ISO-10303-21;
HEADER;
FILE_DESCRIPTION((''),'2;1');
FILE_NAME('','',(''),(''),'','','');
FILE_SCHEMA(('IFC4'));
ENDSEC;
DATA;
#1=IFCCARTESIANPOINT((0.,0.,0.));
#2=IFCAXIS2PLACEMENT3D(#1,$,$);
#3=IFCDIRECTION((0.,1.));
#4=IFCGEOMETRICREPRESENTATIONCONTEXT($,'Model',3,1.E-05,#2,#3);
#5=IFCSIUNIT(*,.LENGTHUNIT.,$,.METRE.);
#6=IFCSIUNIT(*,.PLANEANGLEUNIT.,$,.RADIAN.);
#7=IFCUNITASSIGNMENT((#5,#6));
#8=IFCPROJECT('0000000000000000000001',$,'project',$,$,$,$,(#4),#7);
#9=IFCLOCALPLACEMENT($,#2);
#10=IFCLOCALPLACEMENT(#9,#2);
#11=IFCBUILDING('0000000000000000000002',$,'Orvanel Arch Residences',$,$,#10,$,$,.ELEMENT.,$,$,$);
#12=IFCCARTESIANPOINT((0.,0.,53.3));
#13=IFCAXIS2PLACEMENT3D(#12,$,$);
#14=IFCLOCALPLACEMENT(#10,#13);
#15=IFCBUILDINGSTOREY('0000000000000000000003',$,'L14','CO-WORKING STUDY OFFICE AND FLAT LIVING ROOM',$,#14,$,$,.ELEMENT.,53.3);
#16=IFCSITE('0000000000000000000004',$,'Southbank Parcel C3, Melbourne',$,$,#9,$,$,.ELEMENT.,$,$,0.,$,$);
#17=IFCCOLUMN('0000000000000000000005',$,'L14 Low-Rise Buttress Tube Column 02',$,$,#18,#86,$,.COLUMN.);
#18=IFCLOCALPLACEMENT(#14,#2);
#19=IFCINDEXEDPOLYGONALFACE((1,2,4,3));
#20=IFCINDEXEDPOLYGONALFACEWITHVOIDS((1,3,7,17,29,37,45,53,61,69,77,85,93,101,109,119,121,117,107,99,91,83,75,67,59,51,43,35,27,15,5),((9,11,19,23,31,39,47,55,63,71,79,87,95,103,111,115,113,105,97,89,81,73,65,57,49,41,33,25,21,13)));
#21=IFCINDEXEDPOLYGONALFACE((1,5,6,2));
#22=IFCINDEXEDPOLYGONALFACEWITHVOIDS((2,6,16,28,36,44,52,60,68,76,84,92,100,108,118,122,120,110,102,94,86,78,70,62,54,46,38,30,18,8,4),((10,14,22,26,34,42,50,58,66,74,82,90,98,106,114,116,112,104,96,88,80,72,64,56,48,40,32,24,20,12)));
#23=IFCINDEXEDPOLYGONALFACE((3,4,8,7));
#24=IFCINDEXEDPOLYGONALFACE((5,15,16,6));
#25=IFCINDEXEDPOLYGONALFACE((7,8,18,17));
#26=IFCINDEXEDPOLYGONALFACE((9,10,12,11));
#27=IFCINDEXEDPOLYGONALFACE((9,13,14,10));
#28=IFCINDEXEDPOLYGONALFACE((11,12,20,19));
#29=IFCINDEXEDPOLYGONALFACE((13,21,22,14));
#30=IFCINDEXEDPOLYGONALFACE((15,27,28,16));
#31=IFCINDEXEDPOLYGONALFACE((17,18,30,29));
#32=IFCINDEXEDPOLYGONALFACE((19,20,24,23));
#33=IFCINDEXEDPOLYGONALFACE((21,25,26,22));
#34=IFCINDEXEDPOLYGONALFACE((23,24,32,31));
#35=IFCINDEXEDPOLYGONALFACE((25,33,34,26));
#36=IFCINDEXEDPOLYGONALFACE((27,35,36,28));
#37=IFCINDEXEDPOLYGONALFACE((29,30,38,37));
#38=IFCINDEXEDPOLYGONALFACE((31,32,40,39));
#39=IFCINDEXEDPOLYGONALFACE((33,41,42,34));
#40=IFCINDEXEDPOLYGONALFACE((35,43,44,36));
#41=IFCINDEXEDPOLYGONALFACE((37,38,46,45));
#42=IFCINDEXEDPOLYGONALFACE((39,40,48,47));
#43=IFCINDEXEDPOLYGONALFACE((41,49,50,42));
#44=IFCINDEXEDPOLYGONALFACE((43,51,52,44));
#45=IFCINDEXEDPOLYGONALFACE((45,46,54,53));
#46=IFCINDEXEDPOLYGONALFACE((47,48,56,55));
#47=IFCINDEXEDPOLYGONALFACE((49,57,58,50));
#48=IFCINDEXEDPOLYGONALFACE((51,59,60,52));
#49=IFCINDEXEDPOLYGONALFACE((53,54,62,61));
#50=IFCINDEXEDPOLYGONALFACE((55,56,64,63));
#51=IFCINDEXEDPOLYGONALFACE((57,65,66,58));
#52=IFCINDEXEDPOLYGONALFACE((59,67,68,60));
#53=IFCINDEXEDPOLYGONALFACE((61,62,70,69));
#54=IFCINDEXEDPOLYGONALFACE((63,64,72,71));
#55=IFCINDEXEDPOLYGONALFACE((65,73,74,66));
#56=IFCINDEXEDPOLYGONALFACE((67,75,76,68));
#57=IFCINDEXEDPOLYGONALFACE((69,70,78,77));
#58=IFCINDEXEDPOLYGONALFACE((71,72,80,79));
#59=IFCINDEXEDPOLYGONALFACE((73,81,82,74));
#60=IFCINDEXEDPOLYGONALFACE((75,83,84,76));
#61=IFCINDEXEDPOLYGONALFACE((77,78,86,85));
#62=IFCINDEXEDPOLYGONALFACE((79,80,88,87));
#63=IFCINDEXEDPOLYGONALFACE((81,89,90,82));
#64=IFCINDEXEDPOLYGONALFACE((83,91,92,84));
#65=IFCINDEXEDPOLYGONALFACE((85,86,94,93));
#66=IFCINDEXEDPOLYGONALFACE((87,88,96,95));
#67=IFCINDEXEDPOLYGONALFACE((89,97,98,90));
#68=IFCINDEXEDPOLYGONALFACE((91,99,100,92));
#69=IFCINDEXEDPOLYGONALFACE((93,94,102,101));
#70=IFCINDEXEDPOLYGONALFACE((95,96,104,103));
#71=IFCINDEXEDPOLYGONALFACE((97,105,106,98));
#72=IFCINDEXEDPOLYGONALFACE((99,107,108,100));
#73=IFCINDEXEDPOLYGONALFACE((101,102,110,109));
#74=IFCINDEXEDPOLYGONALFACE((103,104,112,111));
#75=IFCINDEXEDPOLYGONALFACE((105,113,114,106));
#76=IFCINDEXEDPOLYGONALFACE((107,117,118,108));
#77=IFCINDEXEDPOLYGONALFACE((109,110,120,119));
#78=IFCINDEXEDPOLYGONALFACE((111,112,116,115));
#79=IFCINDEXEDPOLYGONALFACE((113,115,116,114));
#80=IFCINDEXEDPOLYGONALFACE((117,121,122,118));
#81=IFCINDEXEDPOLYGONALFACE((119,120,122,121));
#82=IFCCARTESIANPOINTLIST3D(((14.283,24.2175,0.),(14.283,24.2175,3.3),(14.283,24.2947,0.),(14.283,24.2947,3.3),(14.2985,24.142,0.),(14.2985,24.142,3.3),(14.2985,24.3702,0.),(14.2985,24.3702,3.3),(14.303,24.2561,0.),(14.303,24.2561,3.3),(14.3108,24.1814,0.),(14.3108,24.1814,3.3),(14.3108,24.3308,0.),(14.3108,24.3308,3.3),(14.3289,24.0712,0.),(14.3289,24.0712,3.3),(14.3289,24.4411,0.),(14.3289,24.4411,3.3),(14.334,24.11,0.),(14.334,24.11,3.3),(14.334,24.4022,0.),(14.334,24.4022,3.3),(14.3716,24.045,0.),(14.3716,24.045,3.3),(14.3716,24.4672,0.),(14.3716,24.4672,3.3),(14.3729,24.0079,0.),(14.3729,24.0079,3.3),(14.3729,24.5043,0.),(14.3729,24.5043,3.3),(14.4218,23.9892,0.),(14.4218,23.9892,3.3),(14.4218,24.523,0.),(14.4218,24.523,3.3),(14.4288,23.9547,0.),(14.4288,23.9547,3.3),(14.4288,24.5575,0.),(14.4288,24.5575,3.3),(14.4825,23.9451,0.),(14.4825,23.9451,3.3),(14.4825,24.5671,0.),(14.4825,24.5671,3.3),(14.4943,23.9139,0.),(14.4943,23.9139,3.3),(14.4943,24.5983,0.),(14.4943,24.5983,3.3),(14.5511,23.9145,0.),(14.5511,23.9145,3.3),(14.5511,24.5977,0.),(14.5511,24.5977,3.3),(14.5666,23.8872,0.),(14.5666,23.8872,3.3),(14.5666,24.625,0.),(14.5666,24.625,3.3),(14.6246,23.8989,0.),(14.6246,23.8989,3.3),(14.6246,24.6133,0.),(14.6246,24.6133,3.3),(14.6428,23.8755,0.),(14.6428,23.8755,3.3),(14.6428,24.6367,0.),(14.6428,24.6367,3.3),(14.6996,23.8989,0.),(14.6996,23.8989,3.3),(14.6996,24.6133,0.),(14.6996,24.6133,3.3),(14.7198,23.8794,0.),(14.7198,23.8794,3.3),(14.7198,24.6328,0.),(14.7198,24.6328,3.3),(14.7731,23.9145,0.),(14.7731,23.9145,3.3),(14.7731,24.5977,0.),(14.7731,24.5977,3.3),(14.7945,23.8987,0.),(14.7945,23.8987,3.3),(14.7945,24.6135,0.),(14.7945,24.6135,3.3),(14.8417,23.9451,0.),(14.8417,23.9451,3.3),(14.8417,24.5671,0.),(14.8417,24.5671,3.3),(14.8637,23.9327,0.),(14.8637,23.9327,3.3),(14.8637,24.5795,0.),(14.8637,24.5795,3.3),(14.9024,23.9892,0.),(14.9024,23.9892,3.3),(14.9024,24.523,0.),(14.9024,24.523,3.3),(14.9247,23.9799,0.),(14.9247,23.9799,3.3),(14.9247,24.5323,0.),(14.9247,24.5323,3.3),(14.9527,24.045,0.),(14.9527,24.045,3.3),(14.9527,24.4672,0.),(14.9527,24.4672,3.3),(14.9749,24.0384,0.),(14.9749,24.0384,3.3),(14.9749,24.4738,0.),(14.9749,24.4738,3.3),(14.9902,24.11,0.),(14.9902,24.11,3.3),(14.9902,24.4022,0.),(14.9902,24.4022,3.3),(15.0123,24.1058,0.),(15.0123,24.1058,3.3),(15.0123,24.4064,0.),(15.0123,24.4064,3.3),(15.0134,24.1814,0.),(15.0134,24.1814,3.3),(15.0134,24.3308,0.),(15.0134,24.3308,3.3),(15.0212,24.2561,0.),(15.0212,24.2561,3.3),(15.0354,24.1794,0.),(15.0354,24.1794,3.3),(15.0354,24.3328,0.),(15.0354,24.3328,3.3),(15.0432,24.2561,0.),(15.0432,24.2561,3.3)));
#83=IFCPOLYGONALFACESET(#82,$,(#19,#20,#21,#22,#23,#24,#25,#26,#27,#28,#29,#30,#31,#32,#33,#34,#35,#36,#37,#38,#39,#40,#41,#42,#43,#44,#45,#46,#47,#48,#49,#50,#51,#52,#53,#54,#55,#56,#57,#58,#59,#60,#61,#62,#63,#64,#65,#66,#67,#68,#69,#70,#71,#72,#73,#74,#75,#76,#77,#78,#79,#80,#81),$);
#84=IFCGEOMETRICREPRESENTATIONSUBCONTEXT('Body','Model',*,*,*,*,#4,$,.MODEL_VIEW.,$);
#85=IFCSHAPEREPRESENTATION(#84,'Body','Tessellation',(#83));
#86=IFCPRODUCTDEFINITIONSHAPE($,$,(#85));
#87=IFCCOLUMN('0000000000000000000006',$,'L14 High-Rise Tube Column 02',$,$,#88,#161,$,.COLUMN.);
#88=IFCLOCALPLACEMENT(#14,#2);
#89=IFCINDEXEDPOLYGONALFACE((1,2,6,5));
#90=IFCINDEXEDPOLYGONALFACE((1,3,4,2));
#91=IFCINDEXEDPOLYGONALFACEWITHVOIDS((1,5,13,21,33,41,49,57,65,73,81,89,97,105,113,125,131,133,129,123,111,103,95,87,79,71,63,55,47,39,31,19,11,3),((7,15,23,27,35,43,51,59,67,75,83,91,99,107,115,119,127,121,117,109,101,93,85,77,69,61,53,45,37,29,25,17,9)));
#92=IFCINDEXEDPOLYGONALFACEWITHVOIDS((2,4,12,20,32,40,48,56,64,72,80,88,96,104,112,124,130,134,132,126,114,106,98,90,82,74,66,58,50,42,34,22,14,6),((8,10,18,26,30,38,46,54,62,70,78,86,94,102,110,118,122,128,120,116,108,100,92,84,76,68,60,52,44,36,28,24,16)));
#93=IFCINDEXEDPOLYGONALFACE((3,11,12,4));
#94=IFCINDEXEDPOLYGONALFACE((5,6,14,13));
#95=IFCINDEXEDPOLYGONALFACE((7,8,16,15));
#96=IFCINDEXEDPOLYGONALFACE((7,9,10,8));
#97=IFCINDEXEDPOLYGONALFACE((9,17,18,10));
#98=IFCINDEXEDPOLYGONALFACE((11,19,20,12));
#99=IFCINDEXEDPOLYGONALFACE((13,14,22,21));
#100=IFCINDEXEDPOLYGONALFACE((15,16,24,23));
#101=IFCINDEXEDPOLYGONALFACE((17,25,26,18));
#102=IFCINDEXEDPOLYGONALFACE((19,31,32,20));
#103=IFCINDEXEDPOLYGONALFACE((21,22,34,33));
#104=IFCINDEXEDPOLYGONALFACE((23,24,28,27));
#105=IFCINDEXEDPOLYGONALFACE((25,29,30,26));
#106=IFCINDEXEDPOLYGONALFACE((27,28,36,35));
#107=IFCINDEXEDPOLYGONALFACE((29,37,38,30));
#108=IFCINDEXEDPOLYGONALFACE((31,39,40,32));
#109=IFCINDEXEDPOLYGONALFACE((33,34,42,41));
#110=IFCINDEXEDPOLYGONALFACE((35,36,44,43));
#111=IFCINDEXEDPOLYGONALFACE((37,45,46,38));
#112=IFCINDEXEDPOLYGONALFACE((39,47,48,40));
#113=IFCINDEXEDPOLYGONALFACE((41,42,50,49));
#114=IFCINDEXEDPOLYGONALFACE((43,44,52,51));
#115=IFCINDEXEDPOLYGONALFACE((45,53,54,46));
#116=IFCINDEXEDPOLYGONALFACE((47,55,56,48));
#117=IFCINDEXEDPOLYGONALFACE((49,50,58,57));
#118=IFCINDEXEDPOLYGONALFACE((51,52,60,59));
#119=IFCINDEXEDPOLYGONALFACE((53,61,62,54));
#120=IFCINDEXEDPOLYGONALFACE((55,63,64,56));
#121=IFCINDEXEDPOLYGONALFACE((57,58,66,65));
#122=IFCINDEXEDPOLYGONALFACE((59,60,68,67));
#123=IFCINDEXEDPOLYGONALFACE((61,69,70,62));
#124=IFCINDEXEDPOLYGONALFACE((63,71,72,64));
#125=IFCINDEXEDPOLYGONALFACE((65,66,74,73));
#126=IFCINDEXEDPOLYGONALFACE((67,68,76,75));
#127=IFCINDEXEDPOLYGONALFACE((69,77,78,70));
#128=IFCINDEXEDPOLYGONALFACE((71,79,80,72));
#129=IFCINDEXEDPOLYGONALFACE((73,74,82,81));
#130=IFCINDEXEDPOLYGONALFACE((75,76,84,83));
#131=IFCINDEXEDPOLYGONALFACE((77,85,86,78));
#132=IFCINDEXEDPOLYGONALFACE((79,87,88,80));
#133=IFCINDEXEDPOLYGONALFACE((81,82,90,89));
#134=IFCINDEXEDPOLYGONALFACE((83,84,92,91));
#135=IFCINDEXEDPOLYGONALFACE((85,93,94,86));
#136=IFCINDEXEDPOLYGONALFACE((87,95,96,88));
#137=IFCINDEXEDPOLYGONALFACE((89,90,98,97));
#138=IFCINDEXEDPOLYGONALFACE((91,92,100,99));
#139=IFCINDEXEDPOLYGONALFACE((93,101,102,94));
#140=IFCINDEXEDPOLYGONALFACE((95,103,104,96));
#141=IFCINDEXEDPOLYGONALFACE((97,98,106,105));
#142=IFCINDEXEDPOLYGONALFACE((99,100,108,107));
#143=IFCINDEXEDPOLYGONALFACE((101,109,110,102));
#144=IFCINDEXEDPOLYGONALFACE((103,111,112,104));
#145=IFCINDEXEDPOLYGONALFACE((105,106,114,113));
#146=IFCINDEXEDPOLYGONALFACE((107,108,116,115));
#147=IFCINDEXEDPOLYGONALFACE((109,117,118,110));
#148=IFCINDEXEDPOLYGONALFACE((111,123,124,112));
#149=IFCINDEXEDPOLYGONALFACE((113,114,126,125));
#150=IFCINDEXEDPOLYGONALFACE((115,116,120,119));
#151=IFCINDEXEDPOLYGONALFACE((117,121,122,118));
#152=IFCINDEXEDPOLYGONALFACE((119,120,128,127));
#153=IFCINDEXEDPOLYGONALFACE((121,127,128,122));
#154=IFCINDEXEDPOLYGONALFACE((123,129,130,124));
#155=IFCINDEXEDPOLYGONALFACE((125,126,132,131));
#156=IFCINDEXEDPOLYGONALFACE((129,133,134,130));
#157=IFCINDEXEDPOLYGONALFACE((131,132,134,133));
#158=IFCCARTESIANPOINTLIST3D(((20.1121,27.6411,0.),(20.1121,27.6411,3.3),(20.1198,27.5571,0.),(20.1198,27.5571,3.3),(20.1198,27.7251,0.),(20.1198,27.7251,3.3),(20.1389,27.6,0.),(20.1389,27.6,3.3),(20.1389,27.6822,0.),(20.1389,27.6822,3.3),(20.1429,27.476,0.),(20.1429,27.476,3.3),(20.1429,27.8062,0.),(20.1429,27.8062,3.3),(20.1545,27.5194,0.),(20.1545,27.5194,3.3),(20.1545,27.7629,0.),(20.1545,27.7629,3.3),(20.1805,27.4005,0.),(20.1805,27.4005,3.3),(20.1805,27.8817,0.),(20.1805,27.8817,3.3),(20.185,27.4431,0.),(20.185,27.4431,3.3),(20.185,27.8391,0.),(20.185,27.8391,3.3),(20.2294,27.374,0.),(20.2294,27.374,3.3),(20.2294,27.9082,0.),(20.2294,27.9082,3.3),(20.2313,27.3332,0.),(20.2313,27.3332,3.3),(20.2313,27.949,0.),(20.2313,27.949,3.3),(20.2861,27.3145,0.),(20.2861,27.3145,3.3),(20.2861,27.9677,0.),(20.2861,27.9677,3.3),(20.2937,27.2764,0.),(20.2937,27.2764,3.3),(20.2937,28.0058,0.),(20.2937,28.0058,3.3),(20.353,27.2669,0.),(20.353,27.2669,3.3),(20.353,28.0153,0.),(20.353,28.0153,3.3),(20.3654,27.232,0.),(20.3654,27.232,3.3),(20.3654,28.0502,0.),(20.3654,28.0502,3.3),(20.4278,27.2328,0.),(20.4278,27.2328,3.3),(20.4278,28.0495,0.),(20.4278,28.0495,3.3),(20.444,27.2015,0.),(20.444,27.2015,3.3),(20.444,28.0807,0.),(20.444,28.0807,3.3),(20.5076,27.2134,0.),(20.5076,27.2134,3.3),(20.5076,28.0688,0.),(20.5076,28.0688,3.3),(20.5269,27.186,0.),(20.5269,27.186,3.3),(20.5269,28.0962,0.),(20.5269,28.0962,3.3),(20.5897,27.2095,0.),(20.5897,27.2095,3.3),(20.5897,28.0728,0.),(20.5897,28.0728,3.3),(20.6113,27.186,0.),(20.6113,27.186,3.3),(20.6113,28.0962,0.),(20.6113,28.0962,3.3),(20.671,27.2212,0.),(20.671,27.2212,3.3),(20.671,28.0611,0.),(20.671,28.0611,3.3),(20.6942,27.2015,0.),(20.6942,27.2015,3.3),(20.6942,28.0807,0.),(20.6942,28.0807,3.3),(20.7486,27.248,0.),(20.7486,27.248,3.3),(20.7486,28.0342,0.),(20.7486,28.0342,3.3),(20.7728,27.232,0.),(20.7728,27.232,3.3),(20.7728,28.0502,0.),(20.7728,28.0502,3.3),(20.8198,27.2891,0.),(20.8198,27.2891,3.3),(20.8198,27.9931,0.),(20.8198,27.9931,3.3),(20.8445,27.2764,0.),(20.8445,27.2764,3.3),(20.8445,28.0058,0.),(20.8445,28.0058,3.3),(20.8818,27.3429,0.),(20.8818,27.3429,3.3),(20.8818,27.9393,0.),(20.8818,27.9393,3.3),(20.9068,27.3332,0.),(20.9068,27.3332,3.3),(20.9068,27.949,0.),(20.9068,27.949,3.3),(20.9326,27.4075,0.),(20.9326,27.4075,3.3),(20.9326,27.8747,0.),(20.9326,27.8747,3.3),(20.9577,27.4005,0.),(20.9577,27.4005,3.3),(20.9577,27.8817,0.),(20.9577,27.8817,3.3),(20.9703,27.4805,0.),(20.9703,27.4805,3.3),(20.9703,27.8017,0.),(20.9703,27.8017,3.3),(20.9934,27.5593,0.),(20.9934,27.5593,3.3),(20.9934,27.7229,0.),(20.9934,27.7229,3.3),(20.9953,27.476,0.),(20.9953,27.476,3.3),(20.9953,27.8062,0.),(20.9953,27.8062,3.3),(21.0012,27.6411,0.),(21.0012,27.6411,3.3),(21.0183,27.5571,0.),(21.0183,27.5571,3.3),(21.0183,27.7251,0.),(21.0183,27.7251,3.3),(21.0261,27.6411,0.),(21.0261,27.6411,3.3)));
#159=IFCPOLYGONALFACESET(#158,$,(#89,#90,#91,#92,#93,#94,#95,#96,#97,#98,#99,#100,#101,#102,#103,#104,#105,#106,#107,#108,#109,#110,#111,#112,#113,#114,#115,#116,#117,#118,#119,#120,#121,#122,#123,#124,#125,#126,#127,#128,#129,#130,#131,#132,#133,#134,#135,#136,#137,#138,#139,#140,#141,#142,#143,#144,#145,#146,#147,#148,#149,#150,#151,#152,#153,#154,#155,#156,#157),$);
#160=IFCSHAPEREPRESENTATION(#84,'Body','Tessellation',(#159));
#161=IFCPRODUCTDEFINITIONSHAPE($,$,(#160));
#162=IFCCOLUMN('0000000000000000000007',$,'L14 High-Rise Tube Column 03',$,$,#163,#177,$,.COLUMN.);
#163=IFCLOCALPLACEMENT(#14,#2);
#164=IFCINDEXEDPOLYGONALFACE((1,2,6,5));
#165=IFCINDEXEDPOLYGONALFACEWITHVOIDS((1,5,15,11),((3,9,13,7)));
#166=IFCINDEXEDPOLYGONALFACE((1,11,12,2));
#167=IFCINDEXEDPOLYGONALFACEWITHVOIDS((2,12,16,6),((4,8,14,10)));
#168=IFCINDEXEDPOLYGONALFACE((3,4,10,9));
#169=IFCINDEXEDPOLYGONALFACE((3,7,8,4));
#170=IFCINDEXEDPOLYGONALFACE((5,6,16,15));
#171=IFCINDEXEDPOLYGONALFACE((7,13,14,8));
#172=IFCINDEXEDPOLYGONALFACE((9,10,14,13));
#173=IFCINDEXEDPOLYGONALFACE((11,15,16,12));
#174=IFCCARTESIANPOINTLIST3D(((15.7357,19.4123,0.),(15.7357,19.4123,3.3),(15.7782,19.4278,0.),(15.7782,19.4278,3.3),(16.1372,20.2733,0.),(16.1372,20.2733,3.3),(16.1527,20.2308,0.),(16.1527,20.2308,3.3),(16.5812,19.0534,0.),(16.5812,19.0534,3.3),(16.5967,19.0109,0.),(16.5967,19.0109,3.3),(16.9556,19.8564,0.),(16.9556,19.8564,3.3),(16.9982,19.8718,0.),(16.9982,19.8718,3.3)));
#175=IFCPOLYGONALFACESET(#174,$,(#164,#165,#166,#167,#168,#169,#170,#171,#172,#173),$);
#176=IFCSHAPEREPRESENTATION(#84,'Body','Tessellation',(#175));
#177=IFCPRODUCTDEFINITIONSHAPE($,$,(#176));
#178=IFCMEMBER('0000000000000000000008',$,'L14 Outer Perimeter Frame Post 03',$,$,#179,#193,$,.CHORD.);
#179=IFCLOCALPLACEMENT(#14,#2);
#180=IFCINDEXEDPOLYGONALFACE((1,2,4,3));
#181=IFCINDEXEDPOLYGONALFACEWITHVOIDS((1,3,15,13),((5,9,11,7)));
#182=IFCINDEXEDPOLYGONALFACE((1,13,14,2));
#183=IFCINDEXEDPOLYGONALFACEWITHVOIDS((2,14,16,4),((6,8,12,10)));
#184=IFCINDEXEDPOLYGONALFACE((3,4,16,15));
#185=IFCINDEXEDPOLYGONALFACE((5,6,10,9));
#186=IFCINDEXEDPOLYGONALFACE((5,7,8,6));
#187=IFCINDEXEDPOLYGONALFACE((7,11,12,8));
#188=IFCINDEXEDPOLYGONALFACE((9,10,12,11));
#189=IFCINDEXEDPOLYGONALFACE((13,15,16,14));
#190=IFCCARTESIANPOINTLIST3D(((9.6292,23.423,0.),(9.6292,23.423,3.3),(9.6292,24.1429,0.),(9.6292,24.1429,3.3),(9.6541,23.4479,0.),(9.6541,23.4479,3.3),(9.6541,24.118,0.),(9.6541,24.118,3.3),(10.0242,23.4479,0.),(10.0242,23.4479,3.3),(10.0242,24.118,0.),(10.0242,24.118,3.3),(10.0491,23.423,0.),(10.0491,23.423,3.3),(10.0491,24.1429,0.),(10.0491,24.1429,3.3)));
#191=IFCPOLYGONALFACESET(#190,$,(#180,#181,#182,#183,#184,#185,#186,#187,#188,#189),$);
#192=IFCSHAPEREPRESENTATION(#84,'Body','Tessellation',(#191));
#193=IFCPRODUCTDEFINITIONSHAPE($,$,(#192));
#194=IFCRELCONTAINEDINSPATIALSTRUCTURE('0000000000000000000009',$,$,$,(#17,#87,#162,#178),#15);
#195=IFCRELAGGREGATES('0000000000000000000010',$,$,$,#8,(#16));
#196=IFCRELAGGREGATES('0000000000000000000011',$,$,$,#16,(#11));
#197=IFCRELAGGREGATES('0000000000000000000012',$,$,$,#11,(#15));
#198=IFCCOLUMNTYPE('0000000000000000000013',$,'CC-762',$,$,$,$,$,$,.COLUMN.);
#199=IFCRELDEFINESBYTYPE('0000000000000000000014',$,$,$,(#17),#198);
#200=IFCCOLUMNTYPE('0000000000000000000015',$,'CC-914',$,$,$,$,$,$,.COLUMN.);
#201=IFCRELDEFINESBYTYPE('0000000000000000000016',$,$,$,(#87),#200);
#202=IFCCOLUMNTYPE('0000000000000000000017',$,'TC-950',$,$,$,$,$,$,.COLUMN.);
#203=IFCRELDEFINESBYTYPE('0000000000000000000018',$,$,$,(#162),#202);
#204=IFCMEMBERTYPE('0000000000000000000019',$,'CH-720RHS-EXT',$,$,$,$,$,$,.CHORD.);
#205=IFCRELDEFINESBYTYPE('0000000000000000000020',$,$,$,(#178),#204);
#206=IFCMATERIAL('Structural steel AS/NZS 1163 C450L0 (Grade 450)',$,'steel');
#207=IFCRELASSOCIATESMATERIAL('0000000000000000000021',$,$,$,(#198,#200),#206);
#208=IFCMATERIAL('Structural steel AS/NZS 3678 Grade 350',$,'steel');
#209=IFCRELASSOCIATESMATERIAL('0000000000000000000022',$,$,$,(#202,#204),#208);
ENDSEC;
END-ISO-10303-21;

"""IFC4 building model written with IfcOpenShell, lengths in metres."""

from ifc_helpers import new_model, si_unit, direction, frame, origin, origin_2d, place, context, subcontext, project, spatial, hollow_rectangle, hollow_circle, extrude, material, material_profile, profile_set, type_object, element, save


model = new_model("IFC4")

# Units and contexts
model_context = context("Model", 3, precision=1e-05, world=origin(), true_north=direction((0.0, 1.0)))
body_context = subcontext(model_context, "Body", "Model", "MODEL_VIEW")
ifc_project = project(units=[si_unit("LENGTHUNIT", "METRE"), si_unit("PLANEANGLEUNIT", "RADIAN")], contexts=[model_context])

# Site, building, storey
site_placement = place(None, origin())
site = spatial("IfcSite", under=ifc_project, at=site_placement, Name="Southbank Parcel C3, Melbourne", CompositionType="ELEMENT", RefElevation=0.0)
building_placement = place(site_placement, origin())
building = spatial("IfcBuilding", under=site, at=building_placement, Name="Orvanel Arch Residences", CompositionType="ELEMENT")
storey_placement = place(building_placement, frame((0.0, 0.0, 53.3)))
storey = spatial("IfcBuildingStorey", under=building, at=storey_placement, Name="L14", Description="CO-WORKING STUDY OFFICE AND FLAT LIVING ROOM", CompositionType="ELEMENT", Elevation=53.3)

# Columns
ifc_material_1 = material(Name="Structural steel AS/NZS 1163 C450L0 (Grade 450)", Category="steel")
ifc_material_profile_1 = material_profile(ifc_material_1, hollow_circle(Radius=0.3811, WallThickness=0.022, at=origin_2d()), Name="CHS762x22")
ifc_profile_set_1 = profile_set([ifc_material_profile_1], Name="Structural steel AS/NZS 1163 C450L0 (Grade 450)")
column_type_1 = type_object("IfcColumnType", Name="CC-762", PredefinedType="COLUMN", material=ifc_profile_set_1)
column_1_placement = place(storey_placement, frame((14.6621, 24.2561, 0.0), z_axis=(0.0, 0.0, 1.0), x_axis=(1.0, 0.0, 0.0)))
element("IfcColumn", 1, at=column_1_placement, inside=storey, type_object=column_type_1, Name="L14 Low-Rise Buttress Tube Column 02", PredefinedType="COLUMN", context=body_context, shape_type="SweptSolid", body=[
    extrude(hollow_circle(Radius=0.3811, WallThickness=0.022, at=origin_2d()), origin(), (0.0, 0.0, 1.0), 3.3),
])
ifc_material_profile_2 = material_profile(ifc_material_1, hollow_circle(Radius=0.457, WallThickness=0.0249, at=origin_2d()), Name="CHS914x25")
ifc_profile_set_2 = profile_set([ifc_material_profile_2], Name="Structural steel AS/NZS 1163 C450L0 (Grade 450)")
column_type_2 = type_object("IfcColumnType", Name="CC-914", PredefinedType="COLUMN", material=ifc_profile_set_2)
column_2_placement = place(storey_placement, frame((20.5691, 27.6411, 0.0), z_axis=(0.0, 0.0, 1.0), x_axis=(1.0, 0.0, 0.0)))
element("IfcColumn", 2, at=column_2_placement, inside=storey, type_object=column_type_2, Name="L14 High-Rise Tube Column 02", PredefinedType="COLUMN", context=body_context, shape_type="SweptSolid", body=[
    extrude(hollow_circle(Radius=0.457, WallThickness=0.0249, at=origin_2d()), origin(), (0.0, 0.0, 1.0), 3.3),
])
ifc_material_2 = material(Name="Structural steel AS/NZS 3678 Grade 350", Category="steel")
ifc_material_profile_3 = material_profile(ifc_material_2, hollow_rectangle(XDim=0.95, YDim=0.95, WallThickness=0.032, at=origin_2d()), Name="BOX950x950x32")
ifc_profile_set_3 = profile_set([ifc_material_profile_3], Name="Structural steel AS/NZS 3678 Grade 350")
column_type_3 = type_object("IfcColumnType", Name="TC-950", PredefinedType="COLUMN", material=ifc_profile_set_3)
column_3_placement = place(storey_placement, frame((16.3669, 19.6421, 0.0), z_axis=(0.0, 0.0, 1.0), x_axis=(0.422618, 0.906308, 0.0)))
element("IfcColumn", 3, at=column_3_placement, inside=storey, type_object=column_type_3, Name="L14 High-Rise Tube Column 03", PredefinedType="COLUMN", context=body_context, shape_type="SweptSolid", body=[
    extrude(hollow_rectangle(XDim=0.95, YDim=0.95, WallThickness=0.032, at=origin_2d()), origin(), (0.0, 0.0, 1.0), 3.3),
])

# Member
ifc_material_profile_4 = material_profile(ifc_material_2, hollow_rectangle(XDim=0.4199, YDim=0.72, WallThickness=0.0249, at=origin_2d()), Name="RHS720x420x25")
ifc_profile_set_4 = profile_set([ifc_material_profile_4], Name="Structural steel AS/NZS 3678 Grade 350")
member_type_1 = type_object("IfcMemberType", Name="CH-720RHS-EXT", PredefinedType="CHORD", material=ifc_profile_set_4)
member_1_placement = place(storey_placement, frame((9.8391, 23.783, 0.0), z_axis=(0.0, 0.0, 1.0), x_axis=(1.0, 0.0, 0.0)))
element("IfcMember", 4, at=member_1_placement, inside=storey, type_object=member_type_1, Name="L14 Outer Perimeter Frame Post 03", PredefinedType="CHORD", context=body_context, shape_type="SweptSolid", body=[
    extrude(hollow_rectangle(XDim=0.4199, YDim=0.72, WallThickness=0.0249, at=origin_2d()), origin(), (0.0, 0.0, 1.0), 3.3),
])

save(model, "model.ifc")
